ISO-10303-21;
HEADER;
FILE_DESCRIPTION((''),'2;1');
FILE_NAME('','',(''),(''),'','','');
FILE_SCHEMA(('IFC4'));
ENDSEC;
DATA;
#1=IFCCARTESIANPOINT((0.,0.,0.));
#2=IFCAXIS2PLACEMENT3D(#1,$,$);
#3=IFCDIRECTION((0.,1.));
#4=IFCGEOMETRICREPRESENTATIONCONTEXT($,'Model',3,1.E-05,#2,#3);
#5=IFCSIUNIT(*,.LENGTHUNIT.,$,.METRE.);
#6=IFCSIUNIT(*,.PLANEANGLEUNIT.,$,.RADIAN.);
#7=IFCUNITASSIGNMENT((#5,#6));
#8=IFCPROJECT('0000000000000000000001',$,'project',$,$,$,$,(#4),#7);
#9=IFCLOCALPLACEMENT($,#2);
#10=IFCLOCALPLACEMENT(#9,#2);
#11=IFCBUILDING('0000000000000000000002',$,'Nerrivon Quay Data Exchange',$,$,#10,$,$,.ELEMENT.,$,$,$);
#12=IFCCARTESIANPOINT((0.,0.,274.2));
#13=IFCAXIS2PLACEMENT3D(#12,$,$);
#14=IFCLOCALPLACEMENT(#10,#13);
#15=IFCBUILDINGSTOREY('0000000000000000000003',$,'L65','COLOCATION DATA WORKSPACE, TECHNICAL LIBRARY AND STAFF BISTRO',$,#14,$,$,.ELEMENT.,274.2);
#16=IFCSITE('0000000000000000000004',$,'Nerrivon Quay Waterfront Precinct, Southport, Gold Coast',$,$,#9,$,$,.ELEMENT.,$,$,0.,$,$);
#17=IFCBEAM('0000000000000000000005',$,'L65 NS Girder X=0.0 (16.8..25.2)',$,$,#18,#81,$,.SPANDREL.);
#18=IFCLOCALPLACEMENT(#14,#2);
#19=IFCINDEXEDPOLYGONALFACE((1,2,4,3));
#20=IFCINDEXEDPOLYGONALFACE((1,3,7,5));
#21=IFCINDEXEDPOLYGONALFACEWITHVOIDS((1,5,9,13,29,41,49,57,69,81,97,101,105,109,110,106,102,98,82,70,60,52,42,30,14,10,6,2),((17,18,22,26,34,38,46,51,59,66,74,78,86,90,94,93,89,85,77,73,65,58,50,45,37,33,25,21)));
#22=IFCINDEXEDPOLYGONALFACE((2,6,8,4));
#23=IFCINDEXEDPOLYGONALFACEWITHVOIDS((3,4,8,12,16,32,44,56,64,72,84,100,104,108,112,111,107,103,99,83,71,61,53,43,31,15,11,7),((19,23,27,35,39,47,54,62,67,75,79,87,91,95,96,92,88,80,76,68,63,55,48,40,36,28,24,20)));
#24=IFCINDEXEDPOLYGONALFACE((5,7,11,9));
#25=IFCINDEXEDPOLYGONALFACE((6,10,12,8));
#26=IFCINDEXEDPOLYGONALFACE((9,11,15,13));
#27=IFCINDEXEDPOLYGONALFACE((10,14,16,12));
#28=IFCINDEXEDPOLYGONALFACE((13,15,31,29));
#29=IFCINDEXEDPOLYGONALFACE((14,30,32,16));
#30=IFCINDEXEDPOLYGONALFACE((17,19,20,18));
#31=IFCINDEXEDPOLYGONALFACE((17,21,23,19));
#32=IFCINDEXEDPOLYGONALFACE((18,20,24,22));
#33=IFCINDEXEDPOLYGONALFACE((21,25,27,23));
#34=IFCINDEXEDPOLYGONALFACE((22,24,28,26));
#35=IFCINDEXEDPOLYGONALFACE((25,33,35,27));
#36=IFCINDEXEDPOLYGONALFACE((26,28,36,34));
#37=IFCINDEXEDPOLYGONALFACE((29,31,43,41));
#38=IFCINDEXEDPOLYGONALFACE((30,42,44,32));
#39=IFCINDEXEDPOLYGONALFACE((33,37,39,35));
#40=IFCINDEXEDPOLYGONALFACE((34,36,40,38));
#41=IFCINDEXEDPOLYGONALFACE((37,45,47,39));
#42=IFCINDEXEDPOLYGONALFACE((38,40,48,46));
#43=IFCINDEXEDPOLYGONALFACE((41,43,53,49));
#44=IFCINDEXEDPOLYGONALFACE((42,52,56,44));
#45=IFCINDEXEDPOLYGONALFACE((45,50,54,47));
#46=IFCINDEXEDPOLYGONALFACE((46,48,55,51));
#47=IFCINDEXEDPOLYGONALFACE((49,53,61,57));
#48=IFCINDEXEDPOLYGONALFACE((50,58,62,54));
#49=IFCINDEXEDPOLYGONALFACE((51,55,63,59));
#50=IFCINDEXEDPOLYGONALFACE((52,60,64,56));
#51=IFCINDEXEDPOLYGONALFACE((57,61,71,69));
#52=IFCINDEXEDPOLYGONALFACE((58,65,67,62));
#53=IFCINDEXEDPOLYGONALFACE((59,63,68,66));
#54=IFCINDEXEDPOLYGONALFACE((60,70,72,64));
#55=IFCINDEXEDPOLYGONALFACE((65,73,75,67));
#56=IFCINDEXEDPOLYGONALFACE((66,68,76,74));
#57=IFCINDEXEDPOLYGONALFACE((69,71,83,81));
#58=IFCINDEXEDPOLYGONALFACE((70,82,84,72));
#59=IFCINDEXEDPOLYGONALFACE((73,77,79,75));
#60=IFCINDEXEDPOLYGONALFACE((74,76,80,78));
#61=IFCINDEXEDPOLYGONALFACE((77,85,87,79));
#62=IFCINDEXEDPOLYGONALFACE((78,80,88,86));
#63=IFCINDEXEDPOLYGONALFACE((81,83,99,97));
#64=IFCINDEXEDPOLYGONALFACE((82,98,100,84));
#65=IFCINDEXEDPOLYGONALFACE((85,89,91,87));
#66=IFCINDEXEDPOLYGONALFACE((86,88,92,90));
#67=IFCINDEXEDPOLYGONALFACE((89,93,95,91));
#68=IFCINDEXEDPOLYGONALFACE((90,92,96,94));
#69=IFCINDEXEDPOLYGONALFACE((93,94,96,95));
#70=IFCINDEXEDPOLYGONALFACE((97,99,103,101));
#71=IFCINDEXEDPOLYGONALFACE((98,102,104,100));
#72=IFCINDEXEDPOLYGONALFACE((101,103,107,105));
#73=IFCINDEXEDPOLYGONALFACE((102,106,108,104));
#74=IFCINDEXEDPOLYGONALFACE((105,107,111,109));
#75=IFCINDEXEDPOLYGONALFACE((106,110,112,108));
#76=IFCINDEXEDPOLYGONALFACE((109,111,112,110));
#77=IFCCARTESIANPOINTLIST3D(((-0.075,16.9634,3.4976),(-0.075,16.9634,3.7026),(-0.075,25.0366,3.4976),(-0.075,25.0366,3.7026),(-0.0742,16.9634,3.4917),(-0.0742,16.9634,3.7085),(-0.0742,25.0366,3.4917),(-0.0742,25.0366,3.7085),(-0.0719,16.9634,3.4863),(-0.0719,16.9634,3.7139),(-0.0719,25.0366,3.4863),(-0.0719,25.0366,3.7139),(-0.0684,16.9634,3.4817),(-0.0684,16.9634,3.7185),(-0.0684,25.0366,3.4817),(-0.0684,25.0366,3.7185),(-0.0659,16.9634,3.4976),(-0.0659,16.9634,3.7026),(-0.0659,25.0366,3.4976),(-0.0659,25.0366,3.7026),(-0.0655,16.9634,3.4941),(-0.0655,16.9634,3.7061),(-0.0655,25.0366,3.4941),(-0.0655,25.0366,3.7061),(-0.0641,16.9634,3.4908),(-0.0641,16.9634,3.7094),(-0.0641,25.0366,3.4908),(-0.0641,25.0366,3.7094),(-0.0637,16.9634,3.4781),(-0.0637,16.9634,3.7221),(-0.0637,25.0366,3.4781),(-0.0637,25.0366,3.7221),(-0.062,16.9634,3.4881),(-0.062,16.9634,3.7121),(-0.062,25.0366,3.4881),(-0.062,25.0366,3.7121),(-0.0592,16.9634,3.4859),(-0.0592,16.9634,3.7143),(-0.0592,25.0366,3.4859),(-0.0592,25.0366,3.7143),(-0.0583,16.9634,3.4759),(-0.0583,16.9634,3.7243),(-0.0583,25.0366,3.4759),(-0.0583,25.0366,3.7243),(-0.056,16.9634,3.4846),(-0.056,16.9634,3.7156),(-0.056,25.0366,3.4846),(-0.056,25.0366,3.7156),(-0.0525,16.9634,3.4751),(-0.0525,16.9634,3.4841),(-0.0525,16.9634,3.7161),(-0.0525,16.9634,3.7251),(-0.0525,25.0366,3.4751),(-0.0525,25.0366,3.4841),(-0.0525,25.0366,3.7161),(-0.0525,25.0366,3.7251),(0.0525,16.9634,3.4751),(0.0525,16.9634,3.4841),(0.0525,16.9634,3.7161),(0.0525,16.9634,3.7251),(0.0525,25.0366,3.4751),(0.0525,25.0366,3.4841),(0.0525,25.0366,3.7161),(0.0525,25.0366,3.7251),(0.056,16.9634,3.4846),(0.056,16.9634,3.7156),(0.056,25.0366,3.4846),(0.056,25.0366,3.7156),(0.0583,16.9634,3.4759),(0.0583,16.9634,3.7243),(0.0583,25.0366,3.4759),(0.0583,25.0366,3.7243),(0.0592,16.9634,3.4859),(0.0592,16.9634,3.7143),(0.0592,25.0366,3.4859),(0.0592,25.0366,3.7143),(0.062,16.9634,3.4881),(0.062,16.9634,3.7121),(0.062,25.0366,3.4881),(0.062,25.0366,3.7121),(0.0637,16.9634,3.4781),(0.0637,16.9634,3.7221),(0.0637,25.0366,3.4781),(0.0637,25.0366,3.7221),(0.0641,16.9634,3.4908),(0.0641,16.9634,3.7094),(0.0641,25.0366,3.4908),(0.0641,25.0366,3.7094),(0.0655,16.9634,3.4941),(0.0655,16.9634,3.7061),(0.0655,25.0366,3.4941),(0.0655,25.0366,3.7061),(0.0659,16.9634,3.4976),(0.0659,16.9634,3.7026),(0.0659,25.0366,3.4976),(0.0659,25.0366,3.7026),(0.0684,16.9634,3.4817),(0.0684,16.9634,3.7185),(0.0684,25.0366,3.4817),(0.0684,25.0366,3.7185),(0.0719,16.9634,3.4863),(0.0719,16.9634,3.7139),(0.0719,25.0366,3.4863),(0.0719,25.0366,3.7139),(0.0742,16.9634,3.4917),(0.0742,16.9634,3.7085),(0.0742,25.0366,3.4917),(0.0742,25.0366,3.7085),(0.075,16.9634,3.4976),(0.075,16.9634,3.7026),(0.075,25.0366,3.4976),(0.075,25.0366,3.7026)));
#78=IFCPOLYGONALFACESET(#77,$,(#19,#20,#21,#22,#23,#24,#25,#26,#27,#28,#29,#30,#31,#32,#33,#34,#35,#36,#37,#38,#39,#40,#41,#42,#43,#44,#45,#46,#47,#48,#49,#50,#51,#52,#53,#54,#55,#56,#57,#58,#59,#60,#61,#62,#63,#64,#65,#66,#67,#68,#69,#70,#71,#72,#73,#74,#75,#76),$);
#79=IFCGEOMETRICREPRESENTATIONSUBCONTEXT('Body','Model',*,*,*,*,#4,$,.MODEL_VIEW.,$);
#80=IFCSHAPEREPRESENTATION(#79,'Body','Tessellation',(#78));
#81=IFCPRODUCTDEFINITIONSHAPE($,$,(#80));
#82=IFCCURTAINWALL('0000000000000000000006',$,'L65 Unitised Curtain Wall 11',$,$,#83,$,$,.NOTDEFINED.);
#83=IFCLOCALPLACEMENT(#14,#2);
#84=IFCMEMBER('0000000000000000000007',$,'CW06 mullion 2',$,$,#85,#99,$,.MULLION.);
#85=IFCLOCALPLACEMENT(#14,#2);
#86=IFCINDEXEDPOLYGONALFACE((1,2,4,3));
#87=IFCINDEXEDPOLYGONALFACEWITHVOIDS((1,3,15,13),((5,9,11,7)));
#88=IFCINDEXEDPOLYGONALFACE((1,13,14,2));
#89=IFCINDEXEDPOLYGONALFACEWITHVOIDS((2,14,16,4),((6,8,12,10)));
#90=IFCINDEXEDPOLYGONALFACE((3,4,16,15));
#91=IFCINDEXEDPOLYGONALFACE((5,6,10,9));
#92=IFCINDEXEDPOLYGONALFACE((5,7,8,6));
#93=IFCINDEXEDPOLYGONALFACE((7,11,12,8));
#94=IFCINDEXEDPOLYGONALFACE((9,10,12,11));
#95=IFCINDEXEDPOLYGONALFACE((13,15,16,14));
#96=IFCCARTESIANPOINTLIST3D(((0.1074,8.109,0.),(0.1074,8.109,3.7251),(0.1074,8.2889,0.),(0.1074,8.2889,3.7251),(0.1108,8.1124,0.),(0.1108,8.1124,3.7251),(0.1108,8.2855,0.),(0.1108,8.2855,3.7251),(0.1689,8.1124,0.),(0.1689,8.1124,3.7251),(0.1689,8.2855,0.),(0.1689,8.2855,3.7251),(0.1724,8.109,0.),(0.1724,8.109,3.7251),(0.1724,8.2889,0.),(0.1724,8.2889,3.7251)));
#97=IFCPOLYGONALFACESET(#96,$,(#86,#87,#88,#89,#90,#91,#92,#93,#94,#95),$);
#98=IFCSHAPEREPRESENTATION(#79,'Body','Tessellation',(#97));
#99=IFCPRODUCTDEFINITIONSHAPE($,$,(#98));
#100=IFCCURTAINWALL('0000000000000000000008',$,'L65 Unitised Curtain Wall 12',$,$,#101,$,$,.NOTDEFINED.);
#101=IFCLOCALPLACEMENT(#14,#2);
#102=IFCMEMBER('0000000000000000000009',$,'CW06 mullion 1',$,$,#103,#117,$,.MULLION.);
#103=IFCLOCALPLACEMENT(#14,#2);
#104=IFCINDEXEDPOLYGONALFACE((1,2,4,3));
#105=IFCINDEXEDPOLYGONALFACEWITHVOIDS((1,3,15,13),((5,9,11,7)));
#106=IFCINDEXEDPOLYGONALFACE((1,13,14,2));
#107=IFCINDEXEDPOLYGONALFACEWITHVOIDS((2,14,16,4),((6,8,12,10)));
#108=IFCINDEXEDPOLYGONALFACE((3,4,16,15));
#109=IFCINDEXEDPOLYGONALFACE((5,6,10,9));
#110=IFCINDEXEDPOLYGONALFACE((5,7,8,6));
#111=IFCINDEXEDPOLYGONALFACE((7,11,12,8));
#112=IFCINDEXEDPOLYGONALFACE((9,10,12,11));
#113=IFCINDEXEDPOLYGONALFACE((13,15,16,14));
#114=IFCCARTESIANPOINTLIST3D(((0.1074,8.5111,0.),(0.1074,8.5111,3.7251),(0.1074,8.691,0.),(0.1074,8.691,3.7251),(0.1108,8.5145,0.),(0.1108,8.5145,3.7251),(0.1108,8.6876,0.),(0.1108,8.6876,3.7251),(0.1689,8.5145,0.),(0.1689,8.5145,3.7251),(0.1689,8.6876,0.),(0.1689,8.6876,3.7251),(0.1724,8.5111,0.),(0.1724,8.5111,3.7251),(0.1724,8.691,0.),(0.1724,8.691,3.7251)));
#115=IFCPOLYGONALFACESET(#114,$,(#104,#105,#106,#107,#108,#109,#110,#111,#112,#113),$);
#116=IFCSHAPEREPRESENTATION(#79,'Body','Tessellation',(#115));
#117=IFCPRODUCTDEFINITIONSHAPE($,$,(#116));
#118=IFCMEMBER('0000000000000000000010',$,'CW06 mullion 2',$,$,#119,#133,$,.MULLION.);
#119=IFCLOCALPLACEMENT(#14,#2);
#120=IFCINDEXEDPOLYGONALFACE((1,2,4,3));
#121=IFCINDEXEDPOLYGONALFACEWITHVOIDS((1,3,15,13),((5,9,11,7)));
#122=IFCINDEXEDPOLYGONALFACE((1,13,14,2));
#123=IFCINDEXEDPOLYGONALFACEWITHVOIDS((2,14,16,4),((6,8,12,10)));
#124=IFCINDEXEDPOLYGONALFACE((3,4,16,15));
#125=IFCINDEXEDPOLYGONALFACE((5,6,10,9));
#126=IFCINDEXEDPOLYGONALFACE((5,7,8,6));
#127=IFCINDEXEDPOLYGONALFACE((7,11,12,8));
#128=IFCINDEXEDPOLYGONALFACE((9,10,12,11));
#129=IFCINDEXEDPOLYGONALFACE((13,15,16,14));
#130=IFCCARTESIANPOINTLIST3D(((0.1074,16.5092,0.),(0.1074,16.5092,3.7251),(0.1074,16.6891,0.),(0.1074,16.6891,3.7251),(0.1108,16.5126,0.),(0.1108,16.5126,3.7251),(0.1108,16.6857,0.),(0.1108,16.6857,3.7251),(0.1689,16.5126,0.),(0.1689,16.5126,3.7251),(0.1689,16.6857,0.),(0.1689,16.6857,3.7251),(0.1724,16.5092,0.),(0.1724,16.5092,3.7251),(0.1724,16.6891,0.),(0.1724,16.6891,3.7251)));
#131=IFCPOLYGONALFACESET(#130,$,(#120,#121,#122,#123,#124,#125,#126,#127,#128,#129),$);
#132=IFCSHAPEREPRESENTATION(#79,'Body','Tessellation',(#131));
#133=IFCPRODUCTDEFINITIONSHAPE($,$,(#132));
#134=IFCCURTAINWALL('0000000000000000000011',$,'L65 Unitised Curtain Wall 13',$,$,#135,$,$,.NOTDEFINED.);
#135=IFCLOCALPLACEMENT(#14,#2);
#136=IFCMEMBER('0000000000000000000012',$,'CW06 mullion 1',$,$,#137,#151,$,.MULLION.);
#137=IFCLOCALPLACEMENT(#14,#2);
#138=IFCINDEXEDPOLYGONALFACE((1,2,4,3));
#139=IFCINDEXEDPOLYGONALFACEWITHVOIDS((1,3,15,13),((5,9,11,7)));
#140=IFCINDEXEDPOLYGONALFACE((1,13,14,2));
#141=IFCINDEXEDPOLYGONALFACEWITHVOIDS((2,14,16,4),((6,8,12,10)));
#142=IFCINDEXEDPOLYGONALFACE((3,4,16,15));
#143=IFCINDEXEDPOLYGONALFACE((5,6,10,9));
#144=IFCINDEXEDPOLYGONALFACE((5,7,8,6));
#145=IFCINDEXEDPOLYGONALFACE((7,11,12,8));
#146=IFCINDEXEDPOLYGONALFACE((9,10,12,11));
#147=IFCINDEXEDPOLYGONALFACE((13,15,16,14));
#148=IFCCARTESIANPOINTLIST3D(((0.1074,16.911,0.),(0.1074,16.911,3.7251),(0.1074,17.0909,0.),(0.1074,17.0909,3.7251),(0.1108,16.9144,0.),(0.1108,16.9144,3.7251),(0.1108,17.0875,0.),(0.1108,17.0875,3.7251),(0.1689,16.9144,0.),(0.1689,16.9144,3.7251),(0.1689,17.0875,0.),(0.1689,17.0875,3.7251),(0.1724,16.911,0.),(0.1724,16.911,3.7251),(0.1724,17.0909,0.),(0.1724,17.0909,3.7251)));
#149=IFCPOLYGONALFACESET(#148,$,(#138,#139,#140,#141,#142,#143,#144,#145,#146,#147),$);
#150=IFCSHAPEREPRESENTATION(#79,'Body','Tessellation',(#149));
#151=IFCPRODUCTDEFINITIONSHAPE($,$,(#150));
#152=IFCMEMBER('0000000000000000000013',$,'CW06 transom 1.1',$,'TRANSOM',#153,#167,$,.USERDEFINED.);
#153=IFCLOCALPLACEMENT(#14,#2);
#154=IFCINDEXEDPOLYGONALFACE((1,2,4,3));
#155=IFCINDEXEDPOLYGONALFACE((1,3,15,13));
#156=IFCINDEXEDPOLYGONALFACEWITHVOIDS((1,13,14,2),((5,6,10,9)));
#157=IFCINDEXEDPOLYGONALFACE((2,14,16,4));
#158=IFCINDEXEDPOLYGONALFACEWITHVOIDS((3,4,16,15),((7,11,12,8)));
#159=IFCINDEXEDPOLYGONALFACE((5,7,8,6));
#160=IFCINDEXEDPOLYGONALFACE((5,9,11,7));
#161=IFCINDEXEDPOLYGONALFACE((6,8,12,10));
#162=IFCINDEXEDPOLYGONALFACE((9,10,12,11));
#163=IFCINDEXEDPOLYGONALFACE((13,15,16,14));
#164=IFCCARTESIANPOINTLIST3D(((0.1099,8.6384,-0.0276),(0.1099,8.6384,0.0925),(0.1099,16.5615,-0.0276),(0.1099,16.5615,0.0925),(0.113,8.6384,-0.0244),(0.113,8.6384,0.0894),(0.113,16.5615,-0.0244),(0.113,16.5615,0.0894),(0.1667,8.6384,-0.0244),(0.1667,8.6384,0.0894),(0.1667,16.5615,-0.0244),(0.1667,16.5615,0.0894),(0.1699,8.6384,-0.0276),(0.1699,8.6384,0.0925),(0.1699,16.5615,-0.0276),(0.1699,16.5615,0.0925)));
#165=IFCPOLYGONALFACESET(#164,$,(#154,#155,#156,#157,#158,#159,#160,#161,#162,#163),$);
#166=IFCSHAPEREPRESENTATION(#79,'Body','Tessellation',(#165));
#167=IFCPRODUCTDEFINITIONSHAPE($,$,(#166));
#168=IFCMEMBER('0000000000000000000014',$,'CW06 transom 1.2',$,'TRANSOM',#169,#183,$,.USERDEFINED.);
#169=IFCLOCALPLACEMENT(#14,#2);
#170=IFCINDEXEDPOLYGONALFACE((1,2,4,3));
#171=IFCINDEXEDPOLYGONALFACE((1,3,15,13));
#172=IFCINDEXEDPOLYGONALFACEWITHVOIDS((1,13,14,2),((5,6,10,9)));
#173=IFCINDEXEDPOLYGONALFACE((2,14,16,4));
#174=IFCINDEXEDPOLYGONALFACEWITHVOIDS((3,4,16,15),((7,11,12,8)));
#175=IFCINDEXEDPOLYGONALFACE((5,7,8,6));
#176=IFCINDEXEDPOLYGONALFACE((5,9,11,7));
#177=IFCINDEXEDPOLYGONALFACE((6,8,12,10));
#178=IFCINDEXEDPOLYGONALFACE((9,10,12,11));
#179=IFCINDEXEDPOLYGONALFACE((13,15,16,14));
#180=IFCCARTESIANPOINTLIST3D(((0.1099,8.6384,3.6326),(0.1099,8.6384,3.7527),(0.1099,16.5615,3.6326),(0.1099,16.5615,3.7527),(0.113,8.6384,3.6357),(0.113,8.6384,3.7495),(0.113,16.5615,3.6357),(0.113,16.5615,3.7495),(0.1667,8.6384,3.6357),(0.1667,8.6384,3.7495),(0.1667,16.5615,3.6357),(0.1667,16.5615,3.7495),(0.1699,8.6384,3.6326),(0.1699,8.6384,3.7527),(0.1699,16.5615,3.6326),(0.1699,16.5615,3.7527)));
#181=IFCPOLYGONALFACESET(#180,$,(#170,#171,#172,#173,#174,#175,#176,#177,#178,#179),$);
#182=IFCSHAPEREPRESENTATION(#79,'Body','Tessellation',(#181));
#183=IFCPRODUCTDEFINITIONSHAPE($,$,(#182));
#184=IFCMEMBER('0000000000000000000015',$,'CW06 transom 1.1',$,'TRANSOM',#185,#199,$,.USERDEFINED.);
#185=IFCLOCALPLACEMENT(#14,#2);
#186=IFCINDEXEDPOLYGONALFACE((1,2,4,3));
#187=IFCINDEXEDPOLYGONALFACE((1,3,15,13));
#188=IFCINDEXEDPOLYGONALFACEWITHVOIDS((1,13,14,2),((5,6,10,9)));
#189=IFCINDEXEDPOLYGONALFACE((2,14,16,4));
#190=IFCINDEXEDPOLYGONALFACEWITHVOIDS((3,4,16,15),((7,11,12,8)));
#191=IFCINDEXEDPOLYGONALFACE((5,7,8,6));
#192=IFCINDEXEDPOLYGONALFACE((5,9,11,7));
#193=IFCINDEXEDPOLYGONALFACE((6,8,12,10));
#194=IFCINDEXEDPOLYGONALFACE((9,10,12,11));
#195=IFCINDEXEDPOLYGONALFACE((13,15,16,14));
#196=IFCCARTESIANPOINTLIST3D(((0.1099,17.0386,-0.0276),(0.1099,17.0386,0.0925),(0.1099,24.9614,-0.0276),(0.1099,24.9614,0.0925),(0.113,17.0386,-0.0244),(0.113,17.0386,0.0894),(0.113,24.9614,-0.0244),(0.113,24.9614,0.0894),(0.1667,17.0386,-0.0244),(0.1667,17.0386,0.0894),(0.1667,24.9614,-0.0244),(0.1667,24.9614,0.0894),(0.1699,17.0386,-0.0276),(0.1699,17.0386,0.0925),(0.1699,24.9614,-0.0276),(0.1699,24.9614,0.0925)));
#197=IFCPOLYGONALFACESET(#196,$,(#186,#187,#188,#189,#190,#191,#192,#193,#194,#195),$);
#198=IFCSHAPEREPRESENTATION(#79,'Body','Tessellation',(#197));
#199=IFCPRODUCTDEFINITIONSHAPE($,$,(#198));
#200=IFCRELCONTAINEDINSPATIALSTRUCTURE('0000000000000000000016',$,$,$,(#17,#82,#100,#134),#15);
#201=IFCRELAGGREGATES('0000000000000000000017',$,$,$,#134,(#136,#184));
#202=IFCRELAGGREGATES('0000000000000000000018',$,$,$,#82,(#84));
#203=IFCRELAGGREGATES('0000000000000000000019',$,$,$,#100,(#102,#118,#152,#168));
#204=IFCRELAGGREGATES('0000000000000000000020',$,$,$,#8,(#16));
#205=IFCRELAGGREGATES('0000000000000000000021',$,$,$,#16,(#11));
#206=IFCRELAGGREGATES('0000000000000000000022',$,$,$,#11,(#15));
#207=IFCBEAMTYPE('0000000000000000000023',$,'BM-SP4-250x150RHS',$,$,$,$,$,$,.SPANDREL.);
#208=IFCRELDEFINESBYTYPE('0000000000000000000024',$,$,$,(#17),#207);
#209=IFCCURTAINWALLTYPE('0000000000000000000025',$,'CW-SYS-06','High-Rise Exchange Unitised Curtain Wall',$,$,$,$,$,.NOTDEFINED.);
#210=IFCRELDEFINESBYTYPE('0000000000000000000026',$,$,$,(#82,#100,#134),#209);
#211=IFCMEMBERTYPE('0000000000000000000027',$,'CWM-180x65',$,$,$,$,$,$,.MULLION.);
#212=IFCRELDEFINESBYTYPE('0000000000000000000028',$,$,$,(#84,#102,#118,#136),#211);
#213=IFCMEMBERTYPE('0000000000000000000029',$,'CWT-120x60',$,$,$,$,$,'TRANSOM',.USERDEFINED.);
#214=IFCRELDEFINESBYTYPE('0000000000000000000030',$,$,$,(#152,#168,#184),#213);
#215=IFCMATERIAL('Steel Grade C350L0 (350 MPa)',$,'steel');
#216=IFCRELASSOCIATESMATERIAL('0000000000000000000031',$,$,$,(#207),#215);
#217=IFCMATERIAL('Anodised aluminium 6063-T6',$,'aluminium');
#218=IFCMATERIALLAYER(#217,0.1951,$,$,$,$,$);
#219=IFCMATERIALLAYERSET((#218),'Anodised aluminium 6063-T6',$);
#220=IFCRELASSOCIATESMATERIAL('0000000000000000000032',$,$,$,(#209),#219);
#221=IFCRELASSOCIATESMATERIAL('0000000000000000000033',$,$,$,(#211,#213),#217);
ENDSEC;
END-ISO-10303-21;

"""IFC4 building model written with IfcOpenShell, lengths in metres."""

from ifc_helpers import new_model, si_unit, direction, frame, origin, origin_2d, place, context, subcontext, project, spatial, hollow_rectangle, extrude, material, layer, layer_set, material_profile, profile_set, type_object, element, aggregate, save


model = new_model("IFC4")

# Units and contexts
model_context = context("Model", 3, precision=1e-05, world=origin(), true_north=direction((0.0, 1.0)))
body_context = subcontext(model_context, "Body", "Model", "MODEL_VIEW")
ifc_project = project(units=[si_unit("LENGTHUNIT", "METRE"), si_unit("PLANEANGLEUNIT", "RADIAN")], contexts=[model_context])

# Site, building, storey
site_placement = place(None, origin())
site = spatial("IfcSite", under=ifc_project, at=site_placement, Name="Nerrivon Quay Waterfront Precinct, Southport, Gold Coast", CompositionType="ELEMENT", RefElevation=0.0)
building_placement = place(site_placement, origin())
building = spatial("IfcBuilding", under=site, at=building_placement, Name="Nerrivon Quay Data Exchange", CompositionType="ELEMENT")
storey_placement = place(building_placement, frame((0.0, 0.0, 274.2)))
storey = spatial("IfcBuildingStorey", under=building, at=storey_placement, Name="L65", Description="COLOCATION DATA WORKSPACE, TECHNICAL LIBRARY AND STAFF BISTRO", CompositionType="ELEMENT", Elevation=274.2)

# Beam
ifc_material_1 = material(Name="Steel Grade C350L0 (350 MPa)", Category="steel")
ifc_material_profile_1 = material_profile(ifc_material_1, hollow_rectangle(XDim=0.1499, YDim=0.25, WallThickness=0.009, InnerFilletRadius=0.0134, OuterFilletRadius=0.0225, at=origin_2d()), Name="250x150x9.0RHS")
ifc_profile_set_1 = profile_set([ifc_material_profile_1], Name="Steel Grade C350L0 (350 MPa)")
beam_type_1 = type_object("IfcBeamType", Name="BM-SP4-250x150RHS", PredefinedType="SPANDREL", material=ifc_profile_set_1)
beam_1_placement = place(storey_placement, frame((0.0, 16.9634, 3.6001), z_axis=(0.0, 1.0, 0.0), x_axis=(-1.0, 0.0, 0.0)))
element("IfcBeam", 1, at=beam_1_placement, inside=storey, type_object=beam_type_1, Name="L65 NS Girder X=0.0 (16.8..25.2)", PredefinedType="SPANDREL", context=body_context, shape_type="SweptSolid", body=[
    extrude(hollow_rectangle(XDim=0.1499, YDim=0.25, WallThickness=0.009, InnerFilletRadius=0.0134, OuterFilletRadius=0.0225, at=origin_2d()), origin(), (0.0, 0.0, 1.0), 8.0732),
])

# Curtain wall, member
ifc_material_2 = material(Name="Anodised aluminium 6063-T6", Category="aluminium")
ifc_layer_1 = layer(ifc_material_2, 0.1951)
ifc_layer_set_1 = layer_set([ifc_layer_1], Name="Anodised aluminium 6063-T6")
curtain_wall_type = type_object("IfcCurtainWallType", Name="CW-SYS-06", Description="High-Rise Exchange Unitised Curtain Wall", PredefinedType="NOTDEFINED", material=ifc_layer_set_1)
curtain_wall_1_placement = place(storey_placement, origin())
curtain_wall_1 = element("IfcCurtainWall", 2, at=curtain_wall_1_placement, inside=storey, type_object=curtain_wall_type, Name="L65 Unitised Curtain Wall 11", PredefinedType="NOTDEFINED")
ifc_material_profile_2 = material_profile(ifc_material_2, hollow_rectangle(XDim=0.0649, YDim=0.1799, WallThickness=0.0034, at=origin_2d()), Name="ALU-MULL-180x65")
ifc_profile_set_2 = profile_set([ifc_material_profile_2], Name="Anodised aluminium 6063-T6")
member_type_1 = type_object("IfcMemberType", Name="CWM-180x65", PredefinedType="MULLION", material=ifc_profile_set_2)
member_1_placement = place(storey_placement, frame((0.1399, 8.199, 0.0), z_axis=(0.0, 0.0, 1.0), x_axis=(-1.0, 0.0, 0.0)))
member_1 = element("IfcMember", 3, at=member_1_placement, type_object=member_type_1, Name="CW06 mullion 2", PredefinedType="MULLION", context=body_context, shape_type="SweptSolid", body=[
    extrude(hollow_rectangle(XDim=0.0649, YDim=0.1799, WallThickness=0.0034, at=origin_2d()), origin(), (0.0, 0.0, 1.0), 3.7251),
])

# Curtain wall, members
curtain_wall_2_placement = place(storey_placement, origin())
curtain_wall_2 = element("IfcCurtainWall", 4, at=curtain_wall_2_placement, inside=storey, type_object=curtain_wall_type, Name="L65 Unitised Curtain Wall 12", PredefinedType="NOTDEFINED")
member_2_placement = place(storey_placement, frame((0.1399, 8.6011, 0.0), z_axis=(0.0, 0.0, 1.0), x_axis=(-1.0, 0.0, 0.0)))
member_2 = element("IfcMember", 5, at=member_2_placement, type_object=member_type_1, Name="CW06 mullion 1", PredefinedType="MULLION", context=body_context, shape_type="SweptSolid", body=[
    extrude(hollow_rectangle(XDim=0.0649, YDim=0.1799, WallThickness=0.0034, at=origin_2d()), origin(), (0.0, 0.0, 1.0), 3.7251),
])
member_3_placement = place(storey_placement, frame((0.1399, 16.5991, 0.0), z_axis=(0.0, 0.0, 1.0), x_axis=(-1.0, 0.0, 0.0)))
member_3 = element("IfcMember", 6, at=member_3_placement, type_object=member_type_1, Name="CW06 mullion 2", PredefinedType="MULLION", context=body_context, shape_type="SweptSolid", body=[
    extrude(hollow_rectangle(XDim=0.0649, YDim=0.1799, WallThickness=0.0034, at=origin_2d()), origin(), (0.0, 0.0, 1.0), 3.7251),
])

# Curtain wall, member
curtain_wall_3_placement = place(storey_placement, origin())
curtain_wall_3 = element("IfcCurtainWall", 7, at=curtain_wall_3_placement, inside=storey, type_object=curtain_wall_type, Name="L65 Unitised Curtain Wall 13", PredefinedType="NOTDEFINED")
member_4_placement = place(storey_placement, frame((0.1399, 17.001, 0.0), z_axis=(0.0, 0.0, 1.0), x_axis=(-1.0, 0.0, 0.0)))
member_4 = element("IfcMember", 8, at=member_4_placement, type_object=member_type_1, Name="CW06 mullion 1", PredefinedType="MULLION", context=body_context, shape_type="SweptSolid", body=[
    extrude(hollow_rectangle(XDim=0.0649, YDim=0.1799, WallThickness=0.0034, at=origin_2d()), origin(), (0.0, 0.0, 1.0), 3.7251),
])

# Members
ifc_material_profile_3 = material_profile(ifc_material_2, hollow_rectangle(XDim=0.0601, YDim=0.1201, WallThickness=0.0032, at=origin_2d()), Name="ALU-TRAN-120x60")
ifc_profile_set_3 = profile_set([ifc_material_profile_3], Name="Anodised aluminium 6063-T6")
member_type_2 = type_object("IfcMemberType", Name="CWT-120x60", ElementType="TRANSOM", PredefinedType="USERDEFINED", material=ifc_profile_set_3)
member_5_placement = place(storey_placement, frame((0.1399, 8.6384, 0.0325), z_axis=(0.0, 1.0, 0.0), x_axis=(-1.0, 0.0, 0.0)))
member_5 = element("IfcMember", 9, at=member_5_placement, type_object=member_type_2, Name="CW06 transom 1.1", ObjectType="TRANSOM", PredefinedType="USERDEFINED", context=body_context, shape_type="SweptSolid", body=[
    extrude(hollow_rectangle(XDim=0.0601, YDim=0.1201, WallThickness=0.0032, at=origin_2d()), origin(), (0.0, 0.0, 1.0), 7.9231),
])
member_6_placement = place(storey_placement, frame((0.1399, 8.6384, 3.6926), z_axis=(0.0, 1.0, 0.0), x_axis=(-1.0, 0.0, 0.0)))
member_6 = element("IfcMember", 10, at=member_6_placement, type_object=member_type_2, Name="CW06 transom 1.2", ObjectType="TRANSOM", PredefinedType="USERDEFINED", context=body_context, shape_type="SweptSolid", body=[
    extrude(hollow_rectangle(XDim=0.0601, YDim=0.1201, WallThickness=0.0032, at=origin_2d()), origin(), (0.0, 0.0, 1.0), 7.9231),
])
member_7_placement = place(storey_placement, frame((0.1399, 17.0386, 0.0325), z_axis=(0.0, 1.0, 0.0), x_axis=(-1.0, 0.0, 0.0)))
member_7 = element("IfcMember", 11, at=member_7_placement, type_object=member_type_2, Name="CW06 transom 1.1", ObjectType="TRANSOM", PredefinedType="USERDEFINED", context=body_context, shape_type="SweptSolid", body=[
    extrude(hollow_rectangle(XDim=0.0601, YDim=0.1201, WallThickness=0.0032, at=origin_2d()), origin(), (0.0, 0.0, 1.0), 7.9229),
])
aggregate(curtain_wall_3, [member_4, member_7])

aggregate(curtain_wall_1, [member_1])
aggregate(curtain_wall_2, [member_2, member_3, member_5, member_6])

save(model, "model.ifc")
